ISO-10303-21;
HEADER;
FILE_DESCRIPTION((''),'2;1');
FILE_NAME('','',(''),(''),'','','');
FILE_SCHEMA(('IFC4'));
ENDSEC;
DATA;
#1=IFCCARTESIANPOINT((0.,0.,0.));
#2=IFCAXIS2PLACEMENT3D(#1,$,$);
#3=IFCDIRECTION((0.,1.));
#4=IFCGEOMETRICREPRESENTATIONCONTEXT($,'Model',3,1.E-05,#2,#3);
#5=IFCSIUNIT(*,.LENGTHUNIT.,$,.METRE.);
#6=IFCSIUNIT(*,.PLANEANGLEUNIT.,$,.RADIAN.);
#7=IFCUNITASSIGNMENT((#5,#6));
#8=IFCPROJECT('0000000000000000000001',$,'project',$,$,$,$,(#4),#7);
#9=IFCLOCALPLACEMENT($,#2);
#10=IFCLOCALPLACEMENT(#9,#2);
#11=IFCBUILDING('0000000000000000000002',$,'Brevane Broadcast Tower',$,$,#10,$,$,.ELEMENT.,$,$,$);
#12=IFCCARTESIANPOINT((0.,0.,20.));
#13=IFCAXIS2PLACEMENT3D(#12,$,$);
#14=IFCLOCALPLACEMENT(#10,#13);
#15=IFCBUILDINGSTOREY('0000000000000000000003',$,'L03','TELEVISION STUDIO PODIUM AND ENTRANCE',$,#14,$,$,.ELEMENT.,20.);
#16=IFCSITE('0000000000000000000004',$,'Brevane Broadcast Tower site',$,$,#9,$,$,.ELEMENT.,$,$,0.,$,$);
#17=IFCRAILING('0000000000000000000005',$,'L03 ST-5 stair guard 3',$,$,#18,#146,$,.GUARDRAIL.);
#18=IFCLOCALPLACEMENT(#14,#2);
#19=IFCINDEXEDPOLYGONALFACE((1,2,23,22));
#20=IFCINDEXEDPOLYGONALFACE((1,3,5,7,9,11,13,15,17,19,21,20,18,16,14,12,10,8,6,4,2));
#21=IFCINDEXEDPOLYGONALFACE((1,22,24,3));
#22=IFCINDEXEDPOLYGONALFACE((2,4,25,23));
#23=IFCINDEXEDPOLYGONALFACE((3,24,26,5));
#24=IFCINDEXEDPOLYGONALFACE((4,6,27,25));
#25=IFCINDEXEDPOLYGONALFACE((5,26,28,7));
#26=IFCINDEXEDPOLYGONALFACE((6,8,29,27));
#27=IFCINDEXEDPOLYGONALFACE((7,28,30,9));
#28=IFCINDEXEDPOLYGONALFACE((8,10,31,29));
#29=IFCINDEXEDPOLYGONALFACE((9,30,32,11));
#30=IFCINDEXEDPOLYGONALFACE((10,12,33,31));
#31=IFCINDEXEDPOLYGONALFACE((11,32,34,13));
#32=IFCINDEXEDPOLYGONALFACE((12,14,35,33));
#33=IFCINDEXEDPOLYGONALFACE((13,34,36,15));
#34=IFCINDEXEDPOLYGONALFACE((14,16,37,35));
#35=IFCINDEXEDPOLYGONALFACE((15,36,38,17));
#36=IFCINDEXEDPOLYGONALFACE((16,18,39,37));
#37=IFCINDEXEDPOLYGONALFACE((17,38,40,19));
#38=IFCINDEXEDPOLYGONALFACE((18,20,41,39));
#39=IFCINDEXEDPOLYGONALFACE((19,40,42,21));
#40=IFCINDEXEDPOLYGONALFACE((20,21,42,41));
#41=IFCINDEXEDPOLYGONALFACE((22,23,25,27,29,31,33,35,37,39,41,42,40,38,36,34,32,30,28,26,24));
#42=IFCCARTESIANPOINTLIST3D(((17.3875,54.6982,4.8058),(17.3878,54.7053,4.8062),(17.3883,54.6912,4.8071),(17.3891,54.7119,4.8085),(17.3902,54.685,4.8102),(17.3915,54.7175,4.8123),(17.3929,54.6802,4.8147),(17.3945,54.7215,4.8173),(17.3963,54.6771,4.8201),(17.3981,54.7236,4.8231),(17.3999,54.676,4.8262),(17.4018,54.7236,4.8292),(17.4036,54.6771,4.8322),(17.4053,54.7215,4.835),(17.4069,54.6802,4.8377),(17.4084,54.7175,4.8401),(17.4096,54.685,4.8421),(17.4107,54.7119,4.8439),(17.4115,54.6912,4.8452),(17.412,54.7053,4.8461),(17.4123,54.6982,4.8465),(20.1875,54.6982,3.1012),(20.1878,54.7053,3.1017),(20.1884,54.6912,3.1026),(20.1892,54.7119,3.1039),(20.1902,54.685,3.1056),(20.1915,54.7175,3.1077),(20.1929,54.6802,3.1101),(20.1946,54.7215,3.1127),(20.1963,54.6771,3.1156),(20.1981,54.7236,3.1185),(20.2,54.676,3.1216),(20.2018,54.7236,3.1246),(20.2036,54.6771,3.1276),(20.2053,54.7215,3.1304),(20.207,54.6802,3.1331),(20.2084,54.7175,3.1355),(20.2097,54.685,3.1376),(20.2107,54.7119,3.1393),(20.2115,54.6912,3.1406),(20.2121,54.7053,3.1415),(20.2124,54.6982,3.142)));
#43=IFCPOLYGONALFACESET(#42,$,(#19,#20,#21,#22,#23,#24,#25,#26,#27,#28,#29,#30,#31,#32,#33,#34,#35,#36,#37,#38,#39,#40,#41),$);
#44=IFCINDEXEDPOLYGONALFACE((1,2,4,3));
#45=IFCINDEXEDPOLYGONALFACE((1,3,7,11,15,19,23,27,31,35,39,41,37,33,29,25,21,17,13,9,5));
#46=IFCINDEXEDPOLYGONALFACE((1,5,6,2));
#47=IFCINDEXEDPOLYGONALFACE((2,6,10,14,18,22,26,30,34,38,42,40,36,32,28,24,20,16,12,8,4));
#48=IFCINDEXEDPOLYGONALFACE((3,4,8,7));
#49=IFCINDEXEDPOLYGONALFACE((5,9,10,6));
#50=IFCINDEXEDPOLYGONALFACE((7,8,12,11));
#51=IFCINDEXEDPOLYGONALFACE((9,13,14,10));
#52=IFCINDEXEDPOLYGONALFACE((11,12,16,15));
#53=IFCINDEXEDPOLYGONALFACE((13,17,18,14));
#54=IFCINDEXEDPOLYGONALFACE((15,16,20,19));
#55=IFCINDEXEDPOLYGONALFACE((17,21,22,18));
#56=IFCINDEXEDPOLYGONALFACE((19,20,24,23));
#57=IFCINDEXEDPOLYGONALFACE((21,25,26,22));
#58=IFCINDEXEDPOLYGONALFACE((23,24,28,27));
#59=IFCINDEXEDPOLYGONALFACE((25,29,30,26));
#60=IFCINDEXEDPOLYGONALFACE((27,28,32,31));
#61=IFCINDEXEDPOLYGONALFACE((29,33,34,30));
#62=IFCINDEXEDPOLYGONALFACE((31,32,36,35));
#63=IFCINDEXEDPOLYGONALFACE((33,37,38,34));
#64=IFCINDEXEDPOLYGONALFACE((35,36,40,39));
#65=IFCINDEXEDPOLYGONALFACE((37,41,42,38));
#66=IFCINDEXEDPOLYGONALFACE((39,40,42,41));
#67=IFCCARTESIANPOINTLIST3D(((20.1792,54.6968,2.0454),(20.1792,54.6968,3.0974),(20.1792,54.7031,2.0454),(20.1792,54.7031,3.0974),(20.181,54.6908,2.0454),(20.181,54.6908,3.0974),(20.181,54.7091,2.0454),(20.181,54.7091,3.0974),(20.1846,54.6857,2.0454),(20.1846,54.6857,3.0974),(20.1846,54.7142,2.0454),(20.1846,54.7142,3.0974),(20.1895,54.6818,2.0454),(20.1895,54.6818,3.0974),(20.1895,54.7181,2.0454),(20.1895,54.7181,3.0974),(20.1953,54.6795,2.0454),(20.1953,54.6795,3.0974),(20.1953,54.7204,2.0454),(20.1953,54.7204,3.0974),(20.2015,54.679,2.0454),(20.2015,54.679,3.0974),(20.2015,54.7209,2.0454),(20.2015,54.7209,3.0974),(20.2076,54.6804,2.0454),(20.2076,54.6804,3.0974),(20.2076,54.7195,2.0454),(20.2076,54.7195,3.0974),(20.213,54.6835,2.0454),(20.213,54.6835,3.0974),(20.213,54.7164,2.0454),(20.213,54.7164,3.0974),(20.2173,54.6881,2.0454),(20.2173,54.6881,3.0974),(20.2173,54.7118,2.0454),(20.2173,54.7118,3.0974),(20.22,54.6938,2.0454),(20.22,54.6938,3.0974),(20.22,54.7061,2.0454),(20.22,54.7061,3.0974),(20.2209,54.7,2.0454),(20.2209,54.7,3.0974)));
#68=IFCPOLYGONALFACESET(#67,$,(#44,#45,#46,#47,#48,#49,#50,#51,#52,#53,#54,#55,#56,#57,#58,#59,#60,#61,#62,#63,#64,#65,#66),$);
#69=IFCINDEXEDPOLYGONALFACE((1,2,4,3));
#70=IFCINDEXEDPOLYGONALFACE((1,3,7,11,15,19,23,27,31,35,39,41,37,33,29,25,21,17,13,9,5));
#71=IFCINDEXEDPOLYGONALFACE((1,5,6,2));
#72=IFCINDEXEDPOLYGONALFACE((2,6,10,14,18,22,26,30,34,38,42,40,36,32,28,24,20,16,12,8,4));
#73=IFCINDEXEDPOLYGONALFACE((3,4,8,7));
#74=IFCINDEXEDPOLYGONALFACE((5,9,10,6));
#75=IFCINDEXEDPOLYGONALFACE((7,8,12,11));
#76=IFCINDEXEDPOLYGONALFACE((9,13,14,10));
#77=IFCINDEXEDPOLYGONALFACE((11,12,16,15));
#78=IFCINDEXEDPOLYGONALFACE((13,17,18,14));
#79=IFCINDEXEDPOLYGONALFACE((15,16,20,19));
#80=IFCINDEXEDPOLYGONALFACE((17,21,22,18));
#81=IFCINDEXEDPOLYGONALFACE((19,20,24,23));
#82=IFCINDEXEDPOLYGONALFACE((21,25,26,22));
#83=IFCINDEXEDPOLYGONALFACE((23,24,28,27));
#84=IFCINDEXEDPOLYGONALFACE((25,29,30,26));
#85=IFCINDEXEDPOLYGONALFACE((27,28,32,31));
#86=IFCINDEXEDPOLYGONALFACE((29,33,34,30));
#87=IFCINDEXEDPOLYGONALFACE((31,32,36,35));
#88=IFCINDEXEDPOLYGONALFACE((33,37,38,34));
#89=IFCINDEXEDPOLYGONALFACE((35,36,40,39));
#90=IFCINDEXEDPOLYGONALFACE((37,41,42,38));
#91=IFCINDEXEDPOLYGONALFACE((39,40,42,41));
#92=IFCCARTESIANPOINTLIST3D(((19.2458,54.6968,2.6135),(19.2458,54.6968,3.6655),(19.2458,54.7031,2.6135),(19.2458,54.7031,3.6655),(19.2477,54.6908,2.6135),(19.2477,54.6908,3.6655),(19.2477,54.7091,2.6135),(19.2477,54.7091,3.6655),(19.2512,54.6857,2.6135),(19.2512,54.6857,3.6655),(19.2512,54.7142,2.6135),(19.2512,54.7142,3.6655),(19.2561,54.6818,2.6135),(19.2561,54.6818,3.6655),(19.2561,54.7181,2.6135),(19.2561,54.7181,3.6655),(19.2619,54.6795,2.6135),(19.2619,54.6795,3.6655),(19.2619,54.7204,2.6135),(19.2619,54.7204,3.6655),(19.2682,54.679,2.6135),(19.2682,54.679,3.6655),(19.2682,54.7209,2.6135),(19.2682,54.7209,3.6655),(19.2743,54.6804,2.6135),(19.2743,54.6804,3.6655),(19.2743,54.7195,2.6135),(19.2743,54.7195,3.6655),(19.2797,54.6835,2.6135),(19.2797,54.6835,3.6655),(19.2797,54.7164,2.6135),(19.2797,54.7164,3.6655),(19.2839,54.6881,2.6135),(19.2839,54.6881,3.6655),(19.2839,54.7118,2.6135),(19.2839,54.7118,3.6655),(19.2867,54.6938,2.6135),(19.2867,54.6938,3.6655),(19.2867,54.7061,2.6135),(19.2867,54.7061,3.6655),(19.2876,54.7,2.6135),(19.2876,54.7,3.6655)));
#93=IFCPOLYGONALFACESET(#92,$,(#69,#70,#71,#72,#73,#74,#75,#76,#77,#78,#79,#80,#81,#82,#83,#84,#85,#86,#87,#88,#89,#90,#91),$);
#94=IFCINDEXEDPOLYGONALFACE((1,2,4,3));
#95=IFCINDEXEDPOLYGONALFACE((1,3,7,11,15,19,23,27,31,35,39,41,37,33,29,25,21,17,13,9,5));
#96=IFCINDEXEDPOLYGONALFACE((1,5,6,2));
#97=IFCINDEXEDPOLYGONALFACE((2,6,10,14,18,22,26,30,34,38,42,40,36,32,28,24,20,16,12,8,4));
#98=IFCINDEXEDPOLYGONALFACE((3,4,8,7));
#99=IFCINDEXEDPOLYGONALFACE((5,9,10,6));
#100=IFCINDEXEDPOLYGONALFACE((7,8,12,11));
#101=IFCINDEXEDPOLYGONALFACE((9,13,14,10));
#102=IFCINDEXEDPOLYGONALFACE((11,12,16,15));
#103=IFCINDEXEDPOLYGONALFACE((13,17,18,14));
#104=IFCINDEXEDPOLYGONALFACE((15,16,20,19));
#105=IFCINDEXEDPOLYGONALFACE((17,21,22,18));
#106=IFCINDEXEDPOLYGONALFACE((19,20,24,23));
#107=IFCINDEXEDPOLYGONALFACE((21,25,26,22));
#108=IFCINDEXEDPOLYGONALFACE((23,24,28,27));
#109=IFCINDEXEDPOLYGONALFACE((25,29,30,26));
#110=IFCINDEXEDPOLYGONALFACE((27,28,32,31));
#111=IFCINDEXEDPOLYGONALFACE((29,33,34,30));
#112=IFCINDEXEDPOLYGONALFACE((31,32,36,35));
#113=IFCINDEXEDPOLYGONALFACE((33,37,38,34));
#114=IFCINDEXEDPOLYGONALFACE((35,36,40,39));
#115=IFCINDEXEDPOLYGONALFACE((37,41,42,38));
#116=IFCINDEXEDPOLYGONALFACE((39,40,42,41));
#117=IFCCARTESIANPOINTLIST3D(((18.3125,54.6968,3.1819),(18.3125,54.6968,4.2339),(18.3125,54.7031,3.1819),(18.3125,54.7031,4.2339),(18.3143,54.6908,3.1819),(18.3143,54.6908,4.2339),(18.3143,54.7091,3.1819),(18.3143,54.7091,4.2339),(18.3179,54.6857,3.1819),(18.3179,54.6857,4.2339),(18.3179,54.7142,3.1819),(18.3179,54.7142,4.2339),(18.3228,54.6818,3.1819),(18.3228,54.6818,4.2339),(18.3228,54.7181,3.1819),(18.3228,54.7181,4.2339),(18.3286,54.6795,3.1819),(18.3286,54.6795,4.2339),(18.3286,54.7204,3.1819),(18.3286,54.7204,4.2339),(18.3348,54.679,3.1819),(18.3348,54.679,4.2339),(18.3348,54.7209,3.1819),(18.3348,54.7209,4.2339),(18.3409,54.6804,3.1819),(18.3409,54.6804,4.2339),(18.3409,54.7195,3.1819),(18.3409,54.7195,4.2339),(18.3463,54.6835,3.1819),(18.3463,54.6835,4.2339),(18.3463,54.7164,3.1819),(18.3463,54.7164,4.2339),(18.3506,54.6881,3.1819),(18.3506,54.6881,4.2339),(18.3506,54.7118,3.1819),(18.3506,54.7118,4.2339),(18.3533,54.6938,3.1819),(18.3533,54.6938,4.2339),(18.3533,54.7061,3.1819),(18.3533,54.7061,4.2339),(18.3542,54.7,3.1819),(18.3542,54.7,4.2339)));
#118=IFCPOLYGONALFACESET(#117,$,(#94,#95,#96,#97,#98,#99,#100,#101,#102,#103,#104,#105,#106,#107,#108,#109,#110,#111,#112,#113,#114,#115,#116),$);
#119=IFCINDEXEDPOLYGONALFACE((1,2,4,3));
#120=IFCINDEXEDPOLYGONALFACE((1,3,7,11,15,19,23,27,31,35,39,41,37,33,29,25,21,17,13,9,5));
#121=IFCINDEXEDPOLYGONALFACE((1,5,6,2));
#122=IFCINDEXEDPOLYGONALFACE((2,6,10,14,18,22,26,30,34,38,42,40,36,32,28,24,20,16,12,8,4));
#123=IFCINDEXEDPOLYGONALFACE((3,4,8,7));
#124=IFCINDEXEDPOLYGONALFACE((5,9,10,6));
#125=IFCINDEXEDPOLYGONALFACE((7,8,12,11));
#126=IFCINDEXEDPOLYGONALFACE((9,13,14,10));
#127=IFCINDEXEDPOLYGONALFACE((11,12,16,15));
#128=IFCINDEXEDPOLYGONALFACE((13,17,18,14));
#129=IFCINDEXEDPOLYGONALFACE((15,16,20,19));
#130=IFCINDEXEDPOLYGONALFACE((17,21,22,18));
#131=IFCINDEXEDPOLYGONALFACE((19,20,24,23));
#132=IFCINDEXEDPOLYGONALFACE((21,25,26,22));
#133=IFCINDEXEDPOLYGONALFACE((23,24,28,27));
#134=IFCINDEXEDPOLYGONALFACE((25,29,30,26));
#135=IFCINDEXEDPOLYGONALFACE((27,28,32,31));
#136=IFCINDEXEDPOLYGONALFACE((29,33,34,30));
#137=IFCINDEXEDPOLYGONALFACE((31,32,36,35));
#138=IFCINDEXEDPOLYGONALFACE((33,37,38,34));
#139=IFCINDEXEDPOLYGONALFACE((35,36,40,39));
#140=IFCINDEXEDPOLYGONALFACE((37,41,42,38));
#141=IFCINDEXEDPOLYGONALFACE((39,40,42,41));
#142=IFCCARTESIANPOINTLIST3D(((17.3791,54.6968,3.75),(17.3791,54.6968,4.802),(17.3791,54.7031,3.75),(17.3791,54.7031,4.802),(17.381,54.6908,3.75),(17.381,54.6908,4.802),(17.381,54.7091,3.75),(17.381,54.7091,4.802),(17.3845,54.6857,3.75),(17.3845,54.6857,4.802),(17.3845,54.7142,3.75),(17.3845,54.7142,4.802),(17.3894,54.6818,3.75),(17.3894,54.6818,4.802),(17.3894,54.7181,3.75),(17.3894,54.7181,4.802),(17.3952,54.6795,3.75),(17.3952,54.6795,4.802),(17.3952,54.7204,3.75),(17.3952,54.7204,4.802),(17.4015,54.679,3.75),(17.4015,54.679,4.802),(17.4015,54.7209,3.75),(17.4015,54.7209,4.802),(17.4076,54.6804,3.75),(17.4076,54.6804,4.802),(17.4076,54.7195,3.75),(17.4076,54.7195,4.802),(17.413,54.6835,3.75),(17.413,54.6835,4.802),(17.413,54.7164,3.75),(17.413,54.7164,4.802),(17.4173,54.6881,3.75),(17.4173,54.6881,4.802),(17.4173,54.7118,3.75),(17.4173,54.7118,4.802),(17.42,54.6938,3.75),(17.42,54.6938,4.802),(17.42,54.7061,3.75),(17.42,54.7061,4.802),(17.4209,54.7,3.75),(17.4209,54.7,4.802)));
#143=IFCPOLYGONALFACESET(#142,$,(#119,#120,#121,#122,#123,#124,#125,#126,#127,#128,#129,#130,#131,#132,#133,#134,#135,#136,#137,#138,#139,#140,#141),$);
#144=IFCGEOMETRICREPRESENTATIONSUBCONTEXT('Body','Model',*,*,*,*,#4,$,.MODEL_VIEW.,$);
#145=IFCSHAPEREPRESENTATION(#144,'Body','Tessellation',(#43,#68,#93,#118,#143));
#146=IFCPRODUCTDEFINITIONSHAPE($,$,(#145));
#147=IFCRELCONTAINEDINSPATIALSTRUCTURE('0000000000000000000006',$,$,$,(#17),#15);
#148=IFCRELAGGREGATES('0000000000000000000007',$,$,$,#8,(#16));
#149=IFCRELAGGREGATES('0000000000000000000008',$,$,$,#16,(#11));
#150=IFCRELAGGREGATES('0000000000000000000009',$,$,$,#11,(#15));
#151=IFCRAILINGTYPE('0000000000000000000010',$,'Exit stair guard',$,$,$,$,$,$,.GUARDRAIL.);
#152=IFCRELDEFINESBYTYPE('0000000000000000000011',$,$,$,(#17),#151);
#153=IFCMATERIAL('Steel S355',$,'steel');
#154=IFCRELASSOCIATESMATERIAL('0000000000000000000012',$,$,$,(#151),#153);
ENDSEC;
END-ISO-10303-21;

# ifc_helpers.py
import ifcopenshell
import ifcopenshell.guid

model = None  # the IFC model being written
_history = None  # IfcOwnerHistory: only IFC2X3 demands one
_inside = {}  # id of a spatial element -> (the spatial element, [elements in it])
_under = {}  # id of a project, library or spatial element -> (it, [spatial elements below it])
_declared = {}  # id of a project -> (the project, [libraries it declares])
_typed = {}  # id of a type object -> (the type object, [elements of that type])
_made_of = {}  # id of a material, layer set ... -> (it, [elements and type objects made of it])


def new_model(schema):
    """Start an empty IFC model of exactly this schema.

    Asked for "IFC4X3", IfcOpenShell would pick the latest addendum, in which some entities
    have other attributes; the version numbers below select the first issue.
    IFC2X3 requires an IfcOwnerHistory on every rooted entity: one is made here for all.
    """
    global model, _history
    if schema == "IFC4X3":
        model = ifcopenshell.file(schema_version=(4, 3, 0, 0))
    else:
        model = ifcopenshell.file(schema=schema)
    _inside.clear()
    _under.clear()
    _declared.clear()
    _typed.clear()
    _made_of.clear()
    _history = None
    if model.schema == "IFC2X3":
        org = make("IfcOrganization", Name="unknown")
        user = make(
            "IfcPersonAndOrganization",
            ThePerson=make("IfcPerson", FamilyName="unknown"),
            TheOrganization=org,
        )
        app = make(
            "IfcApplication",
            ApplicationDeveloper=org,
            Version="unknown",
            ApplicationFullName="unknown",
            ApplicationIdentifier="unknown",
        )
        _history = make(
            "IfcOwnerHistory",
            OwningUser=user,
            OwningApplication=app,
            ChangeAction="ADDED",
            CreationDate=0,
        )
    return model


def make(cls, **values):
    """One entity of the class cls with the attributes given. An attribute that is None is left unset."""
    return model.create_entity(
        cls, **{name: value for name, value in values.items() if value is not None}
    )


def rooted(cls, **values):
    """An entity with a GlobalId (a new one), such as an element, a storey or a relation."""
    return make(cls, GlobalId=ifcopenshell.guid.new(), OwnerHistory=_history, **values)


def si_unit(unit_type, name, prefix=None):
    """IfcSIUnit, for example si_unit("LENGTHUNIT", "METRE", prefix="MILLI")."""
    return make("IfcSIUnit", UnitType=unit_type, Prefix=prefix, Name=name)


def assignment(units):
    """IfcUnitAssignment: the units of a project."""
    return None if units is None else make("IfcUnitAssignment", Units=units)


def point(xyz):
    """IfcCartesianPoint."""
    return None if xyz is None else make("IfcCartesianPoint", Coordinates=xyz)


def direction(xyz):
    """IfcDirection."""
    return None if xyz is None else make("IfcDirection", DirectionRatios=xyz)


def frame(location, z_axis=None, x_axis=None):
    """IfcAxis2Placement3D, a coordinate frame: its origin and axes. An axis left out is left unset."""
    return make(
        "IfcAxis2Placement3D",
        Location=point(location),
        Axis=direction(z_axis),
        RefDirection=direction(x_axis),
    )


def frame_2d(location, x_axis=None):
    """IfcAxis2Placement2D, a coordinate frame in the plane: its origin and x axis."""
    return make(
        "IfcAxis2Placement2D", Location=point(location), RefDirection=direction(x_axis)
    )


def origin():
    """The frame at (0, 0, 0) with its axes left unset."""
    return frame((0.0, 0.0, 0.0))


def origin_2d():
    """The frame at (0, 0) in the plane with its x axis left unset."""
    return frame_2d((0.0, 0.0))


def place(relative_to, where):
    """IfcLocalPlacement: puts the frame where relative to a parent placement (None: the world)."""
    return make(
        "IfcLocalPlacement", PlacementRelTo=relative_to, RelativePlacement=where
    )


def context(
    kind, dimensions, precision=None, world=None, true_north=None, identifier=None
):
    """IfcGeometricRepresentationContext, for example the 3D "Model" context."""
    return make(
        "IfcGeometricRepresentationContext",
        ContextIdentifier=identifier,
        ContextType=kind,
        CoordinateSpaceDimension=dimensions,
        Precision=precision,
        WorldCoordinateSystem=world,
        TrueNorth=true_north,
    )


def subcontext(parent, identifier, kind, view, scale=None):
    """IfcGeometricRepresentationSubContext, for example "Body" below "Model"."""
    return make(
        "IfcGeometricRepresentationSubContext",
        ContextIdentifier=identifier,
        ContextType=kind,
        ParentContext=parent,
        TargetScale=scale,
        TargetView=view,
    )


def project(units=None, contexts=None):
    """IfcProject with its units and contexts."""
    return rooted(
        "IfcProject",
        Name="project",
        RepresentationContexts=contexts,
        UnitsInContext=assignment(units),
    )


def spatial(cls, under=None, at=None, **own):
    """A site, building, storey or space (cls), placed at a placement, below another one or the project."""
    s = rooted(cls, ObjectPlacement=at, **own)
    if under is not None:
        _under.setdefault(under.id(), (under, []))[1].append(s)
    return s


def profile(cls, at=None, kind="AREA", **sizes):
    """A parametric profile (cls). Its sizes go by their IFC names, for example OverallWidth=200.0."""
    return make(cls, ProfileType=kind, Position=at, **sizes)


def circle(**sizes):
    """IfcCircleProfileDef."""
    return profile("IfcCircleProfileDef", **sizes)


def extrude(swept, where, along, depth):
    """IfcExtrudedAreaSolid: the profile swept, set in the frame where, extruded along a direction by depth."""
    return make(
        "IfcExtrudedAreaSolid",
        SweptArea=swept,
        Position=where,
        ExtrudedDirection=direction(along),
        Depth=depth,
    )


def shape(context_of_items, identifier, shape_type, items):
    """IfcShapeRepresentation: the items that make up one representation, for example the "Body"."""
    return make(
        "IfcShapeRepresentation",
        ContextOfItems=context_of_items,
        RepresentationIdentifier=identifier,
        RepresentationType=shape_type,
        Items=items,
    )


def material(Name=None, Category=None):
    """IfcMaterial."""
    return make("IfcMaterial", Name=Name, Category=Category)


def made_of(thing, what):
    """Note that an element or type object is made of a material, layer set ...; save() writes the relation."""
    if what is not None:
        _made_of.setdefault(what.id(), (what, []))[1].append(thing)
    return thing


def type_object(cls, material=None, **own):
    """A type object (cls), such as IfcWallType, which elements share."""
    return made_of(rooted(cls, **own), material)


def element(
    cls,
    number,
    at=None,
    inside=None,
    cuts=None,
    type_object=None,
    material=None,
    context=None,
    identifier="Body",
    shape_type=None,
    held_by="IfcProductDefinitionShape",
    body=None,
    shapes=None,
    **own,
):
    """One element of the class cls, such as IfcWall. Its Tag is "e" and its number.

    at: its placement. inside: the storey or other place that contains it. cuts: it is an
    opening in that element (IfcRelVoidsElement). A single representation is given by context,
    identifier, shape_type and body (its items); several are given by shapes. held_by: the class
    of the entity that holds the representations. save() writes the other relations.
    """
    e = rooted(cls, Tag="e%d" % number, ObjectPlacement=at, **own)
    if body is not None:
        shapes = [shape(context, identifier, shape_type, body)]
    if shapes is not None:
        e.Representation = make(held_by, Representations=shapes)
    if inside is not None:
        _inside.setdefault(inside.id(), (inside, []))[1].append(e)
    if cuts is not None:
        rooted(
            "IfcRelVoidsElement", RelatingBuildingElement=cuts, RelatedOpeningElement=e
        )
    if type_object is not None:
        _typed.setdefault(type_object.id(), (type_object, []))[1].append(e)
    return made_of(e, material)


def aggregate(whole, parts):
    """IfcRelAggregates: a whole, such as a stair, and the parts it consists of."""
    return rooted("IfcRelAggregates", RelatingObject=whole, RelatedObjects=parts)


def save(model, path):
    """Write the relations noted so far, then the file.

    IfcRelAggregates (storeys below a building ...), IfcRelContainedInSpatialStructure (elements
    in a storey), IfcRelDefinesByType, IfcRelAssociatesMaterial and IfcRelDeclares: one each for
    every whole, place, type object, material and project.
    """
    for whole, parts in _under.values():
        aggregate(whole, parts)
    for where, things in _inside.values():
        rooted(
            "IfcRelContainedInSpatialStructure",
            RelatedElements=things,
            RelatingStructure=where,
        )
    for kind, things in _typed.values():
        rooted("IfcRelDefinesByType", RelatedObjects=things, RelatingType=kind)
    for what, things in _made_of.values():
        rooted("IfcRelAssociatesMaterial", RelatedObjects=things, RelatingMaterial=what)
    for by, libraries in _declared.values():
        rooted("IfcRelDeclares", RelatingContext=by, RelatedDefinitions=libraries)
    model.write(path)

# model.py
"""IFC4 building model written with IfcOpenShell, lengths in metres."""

from ifc_helpers import new_model, si_unit, direction, frame, origin, origin_2d, place, context, subcontext, project, spatial, circle, extrude, material, type_object, element, save


model = new_model("IFC4")

# Units and contexts
model_context = context("Model", 3, precision=1e-05, world=origin(), true_north=direction((0.0, 1.0)))
body_context = subcontext(model_context, "Body", "Model", "MODEL_VIEW")
ifc_project = project(units=[si_unit("LENGTHUNIT", "METRE"), si_unit("PLANEANGLEUNIT", "RADIAN")], contexts=[model_context])

# Site, building, storey
site_placement = place(None, origin())
site = spatial("IfcSite", under=ifc_project, at=site_placement, Name="Brevane Broadcast Tower site", CompositionType="ELEMENT", RefElevation=0.0)
building_placement = place(site_placement, origin())
building = spatial("IfcBuilding", under=site, at=building_placement, Name="Brevane Broadcast Tower", CompositionType="ELEMENT")
storey_placement = place(building_placement, frame((0.0, 0.0, 20.0)))
storey = spatial("IfcBuildingStorey", under=building, at=storey_placement, Name="L03", Description="TELEVISION STUDIO PODIUM AND ENTRANCE", CompositionType="ELEMENT", Elevation=20.0)

# Railing
ifc_material_1 = material(Name="Steel S355", Category="steel")
railing_type_1 = type_object("IfcRailingType", Name="Exit stair guard", PredefinedType="GUARDRAIL", material=ifc_material_1)
railing_1_placement = place(storey_placement, frame((20.2, 54.7, 2.0454)))
element("IfcRailing", 1, at=railing_1_placement, inside=storey, type_object=railing_type_1, Name="L03 ST-5 stair guard 3", PredefinedType="GUARDRAIL", context=body_context, shape_type="SweptSolid", body=[
    extrude(circle(Radius=0.0239, at=origin_2d()), frame((0.0, 0.0, 1.0762), z_axis=(-0.85417, 0.0, 0.519994), x_axis=(0.0, -1.0, 0.0)), (0.0, 0.0, 1.0), 3.2781),
    extrude(circle(Radius=0.021, at=origin_2d()), origin(), (0.0, 0.0, 1.0), 1.052),
    extrude(circle(Radius=0.021, at=origin_2d()), frame((-0.9333, 0.0, 0.5681)), (0.0, 0.0, 1.0), 1.052),
    extrude(circle(Radius=0.021, at=origin_2d()), frame((-1.8667, 0.0, 1.1365)), (0.0, 0.0, 1.0), 1.052),
    extrude(circle(Radius=0.021, at=origin_2d()), frame((-2.8, 0.0, 1.7046)), (0.0, 0.0, 1.0), 1.052),
])

save(model, "model.ifc")
